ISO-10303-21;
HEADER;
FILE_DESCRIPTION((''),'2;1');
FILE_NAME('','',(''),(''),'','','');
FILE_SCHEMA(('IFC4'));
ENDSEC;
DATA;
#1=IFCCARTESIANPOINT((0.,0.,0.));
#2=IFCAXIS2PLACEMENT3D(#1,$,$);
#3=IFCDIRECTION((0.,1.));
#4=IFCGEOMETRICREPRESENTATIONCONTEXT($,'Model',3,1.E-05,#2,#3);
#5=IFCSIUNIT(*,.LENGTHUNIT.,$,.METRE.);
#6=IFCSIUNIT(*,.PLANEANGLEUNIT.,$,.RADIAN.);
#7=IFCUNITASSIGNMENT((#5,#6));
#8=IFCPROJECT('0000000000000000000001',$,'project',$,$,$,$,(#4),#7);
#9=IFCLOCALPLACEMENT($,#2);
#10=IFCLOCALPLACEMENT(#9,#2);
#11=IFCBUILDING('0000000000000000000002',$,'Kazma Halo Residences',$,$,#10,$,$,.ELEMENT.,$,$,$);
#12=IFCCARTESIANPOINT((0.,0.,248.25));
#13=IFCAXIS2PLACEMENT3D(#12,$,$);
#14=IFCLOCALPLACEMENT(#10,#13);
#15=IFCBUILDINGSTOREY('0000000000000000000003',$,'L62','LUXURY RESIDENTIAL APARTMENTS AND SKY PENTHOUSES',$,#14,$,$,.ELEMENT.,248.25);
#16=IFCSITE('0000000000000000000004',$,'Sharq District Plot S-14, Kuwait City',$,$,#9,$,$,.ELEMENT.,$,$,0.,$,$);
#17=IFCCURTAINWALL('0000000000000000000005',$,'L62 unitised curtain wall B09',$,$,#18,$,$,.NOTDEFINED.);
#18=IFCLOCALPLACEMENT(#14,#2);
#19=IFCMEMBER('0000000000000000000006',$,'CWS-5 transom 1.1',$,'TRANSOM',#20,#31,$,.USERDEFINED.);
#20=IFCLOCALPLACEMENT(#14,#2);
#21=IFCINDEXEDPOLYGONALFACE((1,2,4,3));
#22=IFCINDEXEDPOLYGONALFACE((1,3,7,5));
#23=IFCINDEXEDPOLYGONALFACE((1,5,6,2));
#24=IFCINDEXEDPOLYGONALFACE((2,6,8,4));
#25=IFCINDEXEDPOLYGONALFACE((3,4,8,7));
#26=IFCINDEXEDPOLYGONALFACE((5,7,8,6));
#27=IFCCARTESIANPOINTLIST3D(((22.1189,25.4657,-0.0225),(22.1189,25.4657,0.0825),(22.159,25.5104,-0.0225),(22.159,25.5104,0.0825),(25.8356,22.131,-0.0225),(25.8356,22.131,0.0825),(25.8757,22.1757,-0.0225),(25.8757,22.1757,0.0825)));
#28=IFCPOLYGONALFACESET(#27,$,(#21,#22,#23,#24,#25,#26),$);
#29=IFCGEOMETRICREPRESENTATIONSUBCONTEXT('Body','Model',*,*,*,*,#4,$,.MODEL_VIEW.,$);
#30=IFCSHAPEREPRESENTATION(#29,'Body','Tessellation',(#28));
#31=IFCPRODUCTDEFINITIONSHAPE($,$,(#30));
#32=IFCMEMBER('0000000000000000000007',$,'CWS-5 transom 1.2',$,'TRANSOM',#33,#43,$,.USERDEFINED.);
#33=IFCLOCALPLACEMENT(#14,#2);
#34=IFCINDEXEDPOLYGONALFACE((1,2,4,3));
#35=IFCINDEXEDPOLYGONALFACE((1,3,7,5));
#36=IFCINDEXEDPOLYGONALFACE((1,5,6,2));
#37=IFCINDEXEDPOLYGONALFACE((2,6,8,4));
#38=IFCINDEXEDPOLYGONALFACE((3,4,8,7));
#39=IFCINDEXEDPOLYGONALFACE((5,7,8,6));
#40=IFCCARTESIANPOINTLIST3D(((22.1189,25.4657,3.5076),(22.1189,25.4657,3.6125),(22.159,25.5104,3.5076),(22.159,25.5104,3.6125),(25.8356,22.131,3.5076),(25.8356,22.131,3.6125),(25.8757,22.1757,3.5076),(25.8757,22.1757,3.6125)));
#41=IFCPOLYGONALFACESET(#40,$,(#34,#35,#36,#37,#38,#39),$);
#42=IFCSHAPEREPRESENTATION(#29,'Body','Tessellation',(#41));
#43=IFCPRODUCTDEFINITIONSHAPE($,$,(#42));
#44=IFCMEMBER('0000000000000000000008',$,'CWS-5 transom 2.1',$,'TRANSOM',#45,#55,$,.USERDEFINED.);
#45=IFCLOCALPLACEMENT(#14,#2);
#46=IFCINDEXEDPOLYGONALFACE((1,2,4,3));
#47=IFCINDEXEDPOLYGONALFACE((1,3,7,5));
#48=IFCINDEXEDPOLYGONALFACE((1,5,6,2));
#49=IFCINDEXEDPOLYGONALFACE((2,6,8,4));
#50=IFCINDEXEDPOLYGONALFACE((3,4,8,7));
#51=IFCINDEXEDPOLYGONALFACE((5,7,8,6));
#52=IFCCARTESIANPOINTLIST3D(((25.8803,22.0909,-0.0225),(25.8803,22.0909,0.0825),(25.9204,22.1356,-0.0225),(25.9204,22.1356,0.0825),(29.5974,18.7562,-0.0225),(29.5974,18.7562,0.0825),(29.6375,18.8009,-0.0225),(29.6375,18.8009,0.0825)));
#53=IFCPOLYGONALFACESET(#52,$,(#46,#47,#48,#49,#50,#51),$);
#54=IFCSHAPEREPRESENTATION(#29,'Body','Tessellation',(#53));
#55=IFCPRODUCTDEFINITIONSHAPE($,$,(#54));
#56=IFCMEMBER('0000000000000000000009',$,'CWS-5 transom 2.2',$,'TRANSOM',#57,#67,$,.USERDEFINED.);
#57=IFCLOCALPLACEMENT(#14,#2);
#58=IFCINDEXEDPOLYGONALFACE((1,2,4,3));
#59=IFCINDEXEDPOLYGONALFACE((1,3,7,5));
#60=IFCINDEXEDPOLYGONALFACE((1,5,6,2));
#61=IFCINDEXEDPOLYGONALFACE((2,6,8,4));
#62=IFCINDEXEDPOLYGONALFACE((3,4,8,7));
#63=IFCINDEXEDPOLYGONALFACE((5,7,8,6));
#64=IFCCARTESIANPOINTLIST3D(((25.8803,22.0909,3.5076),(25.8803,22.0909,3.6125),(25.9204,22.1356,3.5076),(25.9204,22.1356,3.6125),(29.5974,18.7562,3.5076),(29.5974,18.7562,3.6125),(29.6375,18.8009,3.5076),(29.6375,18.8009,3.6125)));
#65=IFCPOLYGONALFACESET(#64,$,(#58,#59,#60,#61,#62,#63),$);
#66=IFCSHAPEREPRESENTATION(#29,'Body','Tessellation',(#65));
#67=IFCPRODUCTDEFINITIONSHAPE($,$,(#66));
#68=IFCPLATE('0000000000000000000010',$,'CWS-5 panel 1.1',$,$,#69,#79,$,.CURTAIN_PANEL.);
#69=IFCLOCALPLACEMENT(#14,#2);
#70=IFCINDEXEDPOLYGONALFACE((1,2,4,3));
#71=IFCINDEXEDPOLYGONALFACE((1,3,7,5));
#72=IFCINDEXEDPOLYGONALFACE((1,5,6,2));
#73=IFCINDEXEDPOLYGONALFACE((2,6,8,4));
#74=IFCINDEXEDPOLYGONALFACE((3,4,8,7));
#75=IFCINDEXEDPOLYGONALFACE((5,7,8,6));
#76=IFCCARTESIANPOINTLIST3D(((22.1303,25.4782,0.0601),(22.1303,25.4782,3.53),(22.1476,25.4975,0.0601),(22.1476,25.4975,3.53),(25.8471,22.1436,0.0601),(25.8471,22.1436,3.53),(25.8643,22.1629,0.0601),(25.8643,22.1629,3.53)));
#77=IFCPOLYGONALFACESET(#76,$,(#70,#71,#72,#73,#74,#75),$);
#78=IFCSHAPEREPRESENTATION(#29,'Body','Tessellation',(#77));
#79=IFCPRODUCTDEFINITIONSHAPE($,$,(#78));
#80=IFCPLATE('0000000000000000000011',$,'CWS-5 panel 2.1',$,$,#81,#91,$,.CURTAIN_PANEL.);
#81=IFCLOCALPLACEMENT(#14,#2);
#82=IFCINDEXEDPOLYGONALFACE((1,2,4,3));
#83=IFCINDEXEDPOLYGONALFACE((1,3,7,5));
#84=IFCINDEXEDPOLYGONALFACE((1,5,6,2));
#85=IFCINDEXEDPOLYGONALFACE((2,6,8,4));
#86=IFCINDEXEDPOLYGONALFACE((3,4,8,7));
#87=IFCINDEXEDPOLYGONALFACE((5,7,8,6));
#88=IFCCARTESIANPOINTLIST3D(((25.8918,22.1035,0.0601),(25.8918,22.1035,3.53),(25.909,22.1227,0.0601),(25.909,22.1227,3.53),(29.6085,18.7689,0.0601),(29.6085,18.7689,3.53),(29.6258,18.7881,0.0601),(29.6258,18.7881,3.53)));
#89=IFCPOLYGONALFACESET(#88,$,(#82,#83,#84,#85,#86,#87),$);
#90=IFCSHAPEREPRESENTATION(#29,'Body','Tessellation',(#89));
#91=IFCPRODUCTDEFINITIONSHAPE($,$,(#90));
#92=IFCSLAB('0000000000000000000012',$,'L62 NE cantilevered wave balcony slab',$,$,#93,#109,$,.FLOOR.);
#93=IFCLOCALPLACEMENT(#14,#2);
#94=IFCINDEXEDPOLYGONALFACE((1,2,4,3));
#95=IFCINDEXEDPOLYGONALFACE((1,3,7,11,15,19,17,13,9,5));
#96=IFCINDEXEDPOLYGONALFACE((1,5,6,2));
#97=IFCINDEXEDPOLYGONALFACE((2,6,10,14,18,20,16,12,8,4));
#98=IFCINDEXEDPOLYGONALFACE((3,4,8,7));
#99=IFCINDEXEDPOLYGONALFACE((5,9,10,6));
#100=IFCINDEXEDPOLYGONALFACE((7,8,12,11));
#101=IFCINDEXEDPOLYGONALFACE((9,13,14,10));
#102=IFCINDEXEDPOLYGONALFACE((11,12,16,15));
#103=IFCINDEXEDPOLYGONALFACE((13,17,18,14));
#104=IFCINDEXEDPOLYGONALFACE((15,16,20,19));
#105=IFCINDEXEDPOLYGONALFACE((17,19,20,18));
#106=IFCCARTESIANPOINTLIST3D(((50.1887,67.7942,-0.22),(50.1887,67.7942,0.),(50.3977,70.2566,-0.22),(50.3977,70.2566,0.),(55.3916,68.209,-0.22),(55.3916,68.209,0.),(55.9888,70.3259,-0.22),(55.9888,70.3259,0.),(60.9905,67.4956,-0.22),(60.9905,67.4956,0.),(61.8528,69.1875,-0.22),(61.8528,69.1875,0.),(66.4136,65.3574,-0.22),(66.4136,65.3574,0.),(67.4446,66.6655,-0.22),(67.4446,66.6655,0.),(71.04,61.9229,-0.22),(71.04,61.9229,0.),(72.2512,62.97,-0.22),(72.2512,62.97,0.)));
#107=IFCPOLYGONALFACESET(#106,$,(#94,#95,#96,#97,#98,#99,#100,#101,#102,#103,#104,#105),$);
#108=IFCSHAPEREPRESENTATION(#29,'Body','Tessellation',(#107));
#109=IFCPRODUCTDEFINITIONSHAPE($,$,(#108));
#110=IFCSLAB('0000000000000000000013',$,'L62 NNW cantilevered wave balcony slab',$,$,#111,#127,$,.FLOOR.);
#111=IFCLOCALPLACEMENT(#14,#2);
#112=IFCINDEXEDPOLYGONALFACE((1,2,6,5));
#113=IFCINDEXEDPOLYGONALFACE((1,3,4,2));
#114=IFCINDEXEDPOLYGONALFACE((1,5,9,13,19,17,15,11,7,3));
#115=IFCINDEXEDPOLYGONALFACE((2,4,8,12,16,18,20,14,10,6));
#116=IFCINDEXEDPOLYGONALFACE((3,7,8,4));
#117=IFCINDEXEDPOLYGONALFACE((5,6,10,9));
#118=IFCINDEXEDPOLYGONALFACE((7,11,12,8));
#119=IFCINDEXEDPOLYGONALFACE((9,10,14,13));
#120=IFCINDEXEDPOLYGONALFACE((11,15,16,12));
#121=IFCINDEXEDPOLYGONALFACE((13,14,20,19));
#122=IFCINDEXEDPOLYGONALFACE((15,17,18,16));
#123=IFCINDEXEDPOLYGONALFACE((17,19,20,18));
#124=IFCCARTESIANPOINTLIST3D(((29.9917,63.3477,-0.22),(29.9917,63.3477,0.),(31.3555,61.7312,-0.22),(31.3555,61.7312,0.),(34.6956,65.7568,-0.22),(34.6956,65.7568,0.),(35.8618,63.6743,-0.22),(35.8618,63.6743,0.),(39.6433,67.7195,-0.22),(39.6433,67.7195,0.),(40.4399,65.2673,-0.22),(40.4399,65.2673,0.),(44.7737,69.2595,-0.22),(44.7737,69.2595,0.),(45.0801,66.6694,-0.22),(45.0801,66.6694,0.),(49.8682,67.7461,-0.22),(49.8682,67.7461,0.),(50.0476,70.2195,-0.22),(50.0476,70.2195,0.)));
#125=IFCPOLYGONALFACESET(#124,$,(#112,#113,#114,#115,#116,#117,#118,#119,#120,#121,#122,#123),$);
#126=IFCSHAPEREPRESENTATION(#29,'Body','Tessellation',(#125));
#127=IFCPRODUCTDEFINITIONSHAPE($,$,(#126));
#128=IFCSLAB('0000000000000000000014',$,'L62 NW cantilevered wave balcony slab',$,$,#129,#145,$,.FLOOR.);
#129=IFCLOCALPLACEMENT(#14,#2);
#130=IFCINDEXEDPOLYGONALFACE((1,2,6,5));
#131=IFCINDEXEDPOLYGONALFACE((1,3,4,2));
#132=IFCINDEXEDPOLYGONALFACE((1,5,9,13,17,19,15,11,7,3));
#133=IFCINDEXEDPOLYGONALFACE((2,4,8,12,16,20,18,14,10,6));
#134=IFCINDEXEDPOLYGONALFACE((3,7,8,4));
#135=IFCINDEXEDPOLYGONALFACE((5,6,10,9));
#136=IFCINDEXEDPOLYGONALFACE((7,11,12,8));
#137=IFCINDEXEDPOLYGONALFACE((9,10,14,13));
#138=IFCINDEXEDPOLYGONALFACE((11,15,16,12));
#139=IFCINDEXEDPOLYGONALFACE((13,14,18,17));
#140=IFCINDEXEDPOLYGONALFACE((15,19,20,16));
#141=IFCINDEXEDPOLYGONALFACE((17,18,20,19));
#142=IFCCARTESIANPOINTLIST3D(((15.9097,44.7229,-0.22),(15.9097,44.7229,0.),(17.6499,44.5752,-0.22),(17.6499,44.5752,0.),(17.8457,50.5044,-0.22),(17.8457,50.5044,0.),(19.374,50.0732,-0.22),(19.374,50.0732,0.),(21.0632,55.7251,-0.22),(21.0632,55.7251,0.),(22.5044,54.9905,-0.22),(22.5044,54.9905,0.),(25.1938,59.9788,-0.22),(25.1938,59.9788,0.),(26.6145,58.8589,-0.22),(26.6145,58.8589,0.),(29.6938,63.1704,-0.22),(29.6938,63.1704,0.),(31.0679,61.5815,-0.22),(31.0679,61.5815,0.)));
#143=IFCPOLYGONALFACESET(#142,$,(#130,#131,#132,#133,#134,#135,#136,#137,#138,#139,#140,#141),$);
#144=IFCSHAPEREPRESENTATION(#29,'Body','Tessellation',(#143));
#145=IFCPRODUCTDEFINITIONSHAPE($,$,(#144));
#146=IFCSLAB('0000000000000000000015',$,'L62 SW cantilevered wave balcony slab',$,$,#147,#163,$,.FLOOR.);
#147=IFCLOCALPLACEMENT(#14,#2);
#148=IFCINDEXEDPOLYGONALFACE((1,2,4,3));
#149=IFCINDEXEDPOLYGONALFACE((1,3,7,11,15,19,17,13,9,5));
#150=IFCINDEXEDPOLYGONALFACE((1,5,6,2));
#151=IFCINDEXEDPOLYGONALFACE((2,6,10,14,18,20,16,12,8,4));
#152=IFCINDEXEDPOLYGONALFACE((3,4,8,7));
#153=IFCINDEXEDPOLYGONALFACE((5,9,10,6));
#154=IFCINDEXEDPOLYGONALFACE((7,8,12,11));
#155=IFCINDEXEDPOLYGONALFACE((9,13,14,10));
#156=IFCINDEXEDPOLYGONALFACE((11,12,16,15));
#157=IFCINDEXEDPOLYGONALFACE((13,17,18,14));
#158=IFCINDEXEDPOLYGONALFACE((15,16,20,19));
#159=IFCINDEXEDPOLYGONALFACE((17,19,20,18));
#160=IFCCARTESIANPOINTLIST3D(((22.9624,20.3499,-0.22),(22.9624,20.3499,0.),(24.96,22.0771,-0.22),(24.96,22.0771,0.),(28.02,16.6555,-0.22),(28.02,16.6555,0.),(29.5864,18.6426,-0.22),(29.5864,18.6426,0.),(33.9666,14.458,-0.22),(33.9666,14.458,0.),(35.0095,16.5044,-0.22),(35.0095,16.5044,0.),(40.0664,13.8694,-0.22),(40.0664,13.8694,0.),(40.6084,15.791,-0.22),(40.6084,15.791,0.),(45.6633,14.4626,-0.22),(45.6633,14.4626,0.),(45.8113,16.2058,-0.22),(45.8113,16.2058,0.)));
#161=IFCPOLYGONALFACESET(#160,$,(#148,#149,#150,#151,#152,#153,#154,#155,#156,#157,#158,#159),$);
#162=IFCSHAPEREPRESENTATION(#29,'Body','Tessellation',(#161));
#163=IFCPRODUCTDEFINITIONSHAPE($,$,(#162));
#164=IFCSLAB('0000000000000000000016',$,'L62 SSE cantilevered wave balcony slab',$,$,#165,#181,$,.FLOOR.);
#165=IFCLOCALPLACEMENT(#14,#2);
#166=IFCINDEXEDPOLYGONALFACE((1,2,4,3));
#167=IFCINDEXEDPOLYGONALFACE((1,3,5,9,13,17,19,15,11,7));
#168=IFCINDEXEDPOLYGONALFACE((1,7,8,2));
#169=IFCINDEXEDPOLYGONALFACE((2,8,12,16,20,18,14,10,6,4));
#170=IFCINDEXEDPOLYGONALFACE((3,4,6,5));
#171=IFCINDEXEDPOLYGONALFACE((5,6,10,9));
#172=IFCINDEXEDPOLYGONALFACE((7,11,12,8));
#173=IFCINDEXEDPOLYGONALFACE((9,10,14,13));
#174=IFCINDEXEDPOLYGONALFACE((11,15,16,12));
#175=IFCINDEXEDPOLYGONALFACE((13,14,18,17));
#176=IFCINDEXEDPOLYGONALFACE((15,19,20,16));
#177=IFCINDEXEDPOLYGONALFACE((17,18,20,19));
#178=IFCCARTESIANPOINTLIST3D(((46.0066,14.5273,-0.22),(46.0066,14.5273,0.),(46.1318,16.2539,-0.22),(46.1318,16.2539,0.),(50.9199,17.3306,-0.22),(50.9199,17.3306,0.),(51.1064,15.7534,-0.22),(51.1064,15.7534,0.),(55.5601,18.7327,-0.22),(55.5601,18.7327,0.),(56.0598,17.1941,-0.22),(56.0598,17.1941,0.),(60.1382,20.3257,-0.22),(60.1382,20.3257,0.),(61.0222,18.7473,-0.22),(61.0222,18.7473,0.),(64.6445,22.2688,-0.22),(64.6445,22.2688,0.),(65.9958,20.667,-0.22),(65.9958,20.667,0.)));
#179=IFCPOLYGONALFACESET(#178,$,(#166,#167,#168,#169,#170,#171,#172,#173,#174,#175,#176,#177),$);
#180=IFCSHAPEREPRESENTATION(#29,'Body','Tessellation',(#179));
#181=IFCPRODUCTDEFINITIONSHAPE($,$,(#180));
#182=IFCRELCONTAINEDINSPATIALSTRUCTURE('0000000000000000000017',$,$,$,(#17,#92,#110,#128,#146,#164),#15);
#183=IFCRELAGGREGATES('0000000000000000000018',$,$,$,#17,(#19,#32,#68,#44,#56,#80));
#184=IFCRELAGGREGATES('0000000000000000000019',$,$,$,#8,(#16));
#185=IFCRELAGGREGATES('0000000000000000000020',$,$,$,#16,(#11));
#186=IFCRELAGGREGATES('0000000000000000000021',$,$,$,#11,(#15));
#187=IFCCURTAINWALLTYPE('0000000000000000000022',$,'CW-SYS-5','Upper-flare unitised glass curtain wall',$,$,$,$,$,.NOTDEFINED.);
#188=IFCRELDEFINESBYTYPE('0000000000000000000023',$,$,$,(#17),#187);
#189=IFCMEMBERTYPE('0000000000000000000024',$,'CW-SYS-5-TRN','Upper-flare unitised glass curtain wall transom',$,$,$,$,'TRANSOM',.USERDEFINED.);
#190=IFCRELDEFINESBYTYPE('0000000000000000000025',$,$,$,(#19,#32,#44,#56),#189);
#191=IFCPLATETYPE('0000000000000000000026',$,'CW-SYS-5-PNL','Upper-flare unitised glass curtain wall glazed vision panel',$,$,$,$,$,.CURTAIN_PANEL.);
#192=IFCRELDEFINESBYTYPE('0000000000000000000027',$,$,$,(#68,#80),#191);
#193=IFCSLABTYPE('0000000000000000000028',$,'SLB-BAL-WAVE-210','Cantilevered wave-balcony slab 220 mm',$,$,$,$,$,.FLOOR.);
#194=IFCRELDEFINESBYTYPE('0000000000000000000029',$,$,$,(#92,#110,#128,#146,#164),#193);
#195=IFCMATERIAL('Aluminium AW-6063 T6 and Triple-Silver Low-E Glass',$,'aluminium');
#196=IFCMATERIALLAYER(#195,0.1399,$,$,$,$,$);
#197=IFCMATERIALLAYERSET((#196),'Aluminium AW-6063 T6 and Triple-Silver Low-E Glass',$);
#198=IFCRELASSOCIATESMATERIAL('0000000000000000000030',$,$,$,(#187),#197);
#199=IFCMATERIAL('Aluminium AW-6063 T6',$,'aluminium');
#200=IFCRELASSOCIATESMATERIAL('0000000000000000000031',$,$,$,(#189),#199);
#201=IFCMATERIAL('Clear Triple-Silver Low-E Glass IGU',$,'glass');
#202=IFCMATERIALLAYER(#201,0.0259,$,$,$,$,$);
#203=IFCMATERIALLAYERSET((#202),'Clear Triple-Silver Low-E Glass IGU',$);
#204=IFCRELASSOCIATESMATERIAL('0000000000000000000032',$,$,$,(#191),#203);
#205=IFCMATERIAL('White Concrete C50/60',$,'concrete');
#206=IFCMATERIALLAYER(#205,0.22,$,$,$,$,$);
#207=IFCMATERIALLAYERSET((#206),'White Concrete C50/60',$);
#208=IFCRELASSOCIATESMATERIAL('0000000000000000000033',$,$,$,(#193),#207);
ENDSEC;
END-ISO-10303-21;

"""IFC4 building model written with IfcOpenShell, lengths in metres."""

from ifc_helpers import new_model, si_unit, direction, frame, origin, origin_2d, place, context, subcontext, project, spatial, polyline, rectangle, outline, extrude, material, layer, layer_set, material_profile, profile_set, type_object, element, aggregate, save


model = new_model("IFC4")

# Units and contexts
model_context = context("Model", 3, precision=1e-05, world=origin(), true_north=direction((0.0, 1.0)))
body_context = subcontext(model_context, "Body", "Model", "MODEL_VIEW")
ifc_project = project(units=[si_unit("LENGTHUNIT", "METRE"), si_unit("PLANEANGLEUNIT", "RADIAN")], contexts=[model_context])

# Site, building, storey
site_placement = place(None, origin())
site = spatial("IfcSite", under=ifc_project, at=site_placement, Name="Sharq District Plot S-14, Kuwait City", CompositionType="ELEMENT", RefElevation=0.0)
building_placement = place(site_placement, origin())
building = spatial("IfcBuilding", under=site, at=building_placement, Name="Kazma Halo Residences", CompositionType="ELEMENT")
storey_placement = place(building_placement, frame((0.0, 0.0, 248.25)))
storey = spatial("IfcBuildingStorey", under=building, at=storey_placement, Name="L62", Description="LUXURY RESIDENTIAL APARTMENTS AND SKY PENTHOUSES", CompositionType="ELEMENT", Elevation=248.25)

# Curtain wall, members, plates
ifc_material_1 = material(Name="Aluminium AW-6063 T6 and Triple-Silver Low-E Glass", Category="aluminium")
ifc_layer_1 = layer(ifc_material_1, 0.1399)
ifc_layer_set_1 = layer_set([ifc_layer_1], Name="Aluminium AW-6063 T6 and Triple-Silver Low-E Glass")
curtain_wall_type = type_object("IfcCurtainWallType", Name="CW-SYS-5", Description="Upper-flare unitised glass curtain wall", PredefinedType="NOTDEFINED", material=ifc_layer_set_1)
curtain_wall_placement = place(storey_placement, origin())
curtain_wall = element("IfcCurtainWall", 1, at=curtain_wall_placement, inside=storey, type_object=curtain_wall_type, Name="L62 unitised curtain wall B09", PredefinedType="NOTDEFINED")
ifc_material_2 = material(Name="Aluminium AW-6063 T6", Category="aluminium")
ifc_material_profile_1 = material_profile(ifc_material_2, rectangle(XDim=0.0601, YDim=0.105, at=origin_2d()), Name="CWT-60x105")
ifc_profile_set_1 = profile_set([ifc_material_profile_1], Name="Aluminium AW-6063 T6")
member_type_1 = type_object("IfcMemberType", Name="CW-SYS-5-TRN", Description="Upper-flare unitised glass curtain wall transom", ElementType="TRANSOM", PredefinedType="USERDEFINED", material=ifc_profile_set_1)
member_1_placement = place(storey_placement, frame((22.1389, 25.488, 0.03), z_axis=(0.744329, -0.667813, 0.0), x_axis=(0.667813, 0.744329, 0.0)))
member_1 = element("IfcMember", 2, at=member_1_placement, type_object=member_type_1, Name="CWS-5 transom 1.1", ObjectType="TRANSOM", PredefinedType="USERDEFINED", context=body_context, shape_type="SweptSolid", body=[
    extrude(rectangle(XDim=0.0601, YDim=0.105, at=origin_2d()), origin(), (0.0, 0.0, 1.0), 4.9934),
])
member_2_placement = place(storey_placement, frame((22.1389, 25.488, 3.5601), z_axis=(0.744329, -0.667813, 0.0), x_axis=(0.667813, 0.744329, 0.0)))
member_2 = element("IfcMember", 3, at=member_2_placement, type_object=member_type_1, Name="CWS-5 transom 1.2", ObjectType="TRANSOM", PredefinedType="USERDEFINED", context=body_context, shape_type="SweptSolid", body=[
    extrude(rectangle(XDim=0.0601, YDim=0.105, at=origin_2d()), origin(), (0.0, 0.0, 1.0), 4.9934),
])
member_3_placement = place(storey_placement, frame((25.9004, 22.1133, 0.03), z_axis=(0.744351, -0.667789, 0.0), x_axis=(0.667789, 0.744351, 0.0)))
member_3 = element("IfcMember", 4, at=member_3_placement, type_object=member_type_1, Name="CWS-5 transom 2.1", ObjectType="TRANSOM", PredefinedType="USERDEFINED", context=body_context, shape_type="SweptSolid", body=[
    extrude(rectangle(XDim=0.0601, YDim=0.105, at=origin_2d()), origin(), (0.0, 0.0, 1.0), 4.9937),
])
member_4_placement = place(storey_placement, frame((25.9004, 22.1133, 3.5601), z_axis=(0.744351, -0.667789, 0.0), x_axis=(0.667789, 0.744351, 0.0)))
member_4 = element("IfcMember", 5, at=member_4_placement, type_object=member_type_1, Name="CWS-5 transom 2.2", ObjectType="TRANSOM", PredefinedType="USERDEFINED", context=body_context, shape_type="SweptSolid", body=[
    extrude(rectangle(XDim=0.0601, YDim=0.105, at=origin_2d()), origin(), (0.0, 0.0, 1.0), 4.9937),
])
ifc_material_3 = material(Name="Clear Triple-Silver Low-E Glass IGU", Category="glass")
ifc_layer_2 = layer(ifc_material_3, 0.0259)
ifc_layer_set_2 = layer_set([ifc_layer_2], Name="Clear Triple-Silver Low-E Glass IGU")
plate_type = type_object("IfcPlateType", Name="CW-SYS-5-PNL", Description="Upper-flare unitised glass curtain wall glazed vision panel", PredefinedType="CURTAIN_PANEL", material=ifc_layer_set_2)
plate_1_placement = place(storey_placement, frame((23.9973, 23.8206, 0.0601), z_axis=(0.0, 0.0, 1.0), x_axis=(0.744336, -0.667805, 0.0)))
plate_1 = element("IfcPlate", 6, at=plate_1_placement, type_object=plate_type, Name="CWS-5 panel 1.1", PredefinedType="CURTAIN_PANEL", context=body_context, shape_type="SweptSolid", body=[
    extrude(rectangle(XDim=4.9934, YDim=0.0259, at=origin_2d()), origin(), (0.0, 0.0, 1.0), 3.47),
])
plate_2_placement = place(storey_placement, frame((27.7588, 20.4458, 0.0601), z_axis=(0.0, 0.0, 1.0), x_axis=(0.744336, -0.667805, 0.0)))
plate_2 = element("IfcPlate", 7, at=plate_2_placement, type_object=plate_type, Name="CWS-5 panel 2.1", PredefinedType="CURTAIN_PANEL", context=body_context, shape_type="SweptSolid", body=[
    extrude(rectangle(XDim=4.9934, YDim=0.0259, at=origin_2d()), origin(), (0.0, 0.0, 1.0), 3.47),
])
aggregate(curtain_wall, [member_1, member_2, plate_1, member_3, member_4, plate_2])

# Slabs
ifc_material_4 = material(Name="White Concrete C50/60", Category="concrete")
ifc_layer_3 = layer(ifc_material_4, 0.22)
ifc_layer_set_3 = layer_set([ifc_layer_3], Name="White Concrete C50/60")
slab_type_1 = type_object("IfcSlabType", Name="SLB-BAL-WAVE-210", Description="Cantilevered wave-balcony slab 220 mm", PredefinedType="FLOOR", material=ifc_layer_set_3)
slab_1_placement = place(storey_placement, frame((0.0, 0.0, -0.22)))
element("IfcSlab", 8, at=slab_1_placement, inside=storey, type_object=slab_type_1, Name="L62 NE cantilevered wave balcony slab", PredefinedType="FLOOR", context=body_context, shape_type="SweptSolid", body=[
    extrude(outline(polyline([(71.04, 61.9229), (66.4136, 65.3574), (60.9905, 67.4956), (55.3916, 68.209), (50.1887, 67.7942), (50.3977, 70.2566), (55.9888, 70.3259), (61.8528, 69.1875), (67.4446, 66.6655), (72.2512, 62.97), (71.04, 61.9229)])), origin(), (0.0, 0.0, 1.0), 0.22),
])
slab_2_placement = place(storey_placement, frame((0.0, 0.0, -0.22)))
element("IfcSlab", 9, at=slab_2_placement, inside=storey, type_object=slab_type_1, Name="L62 NNW cantilevered wave balcony slab", PredefinedType="FLOOR", context=body_context, shape_type="SweptSolid", body=[
    extrude(outline(polyline([(49.8682, 67.7461), (45.0801, 66.6694), (40.4399, 65.2673), (35.8618, 63.6743), (31.3555, 61.7312), (29.9917, 63.3477), (34.6956, 65.7568), (39.6433, 67.7195), (44.7737, 69.2595), (50.0476, 70.2195), (49.8682, 67.7461)])), origin(), (0.0, 0.0, 1.0), 0.22),
])
slab_3_placement = place(storey_placement, frame((0.0, 0.0, -0.22)))
element("IfcSlab", 10, at=slab_3_placement, inside=storey, type_object=slab_type_1, Name="L62 NW cantilevered wave balcony slab", PredefinedType="FLOOR", context=body_context, shape_type="SweptSolid", body=[
    extrude(outline(polyline([(31.0679, 61.5815), (26.6145, 58.8589), (22.5044, 54.9905), (19.374, 50.0732), (17.6499, 44.5752), (15.9097, 44.7229), (17.8457, 50.5044), (21.0632, 55.7251), (25.1938, 59.9788), (29.6938, 63.1704), (31.0679, 61.5815)])), origin(), (0.0, 0.0, 1.0), 0.22),
])
slab_4_placement = place(storey_placement, frame((0.0, 0.0, -0.22)))
element("IfcSlab", 11, at=slab_4_placement, inside=storey, type_object=slab_type_1, Name="L62 SW cantilevered wave balcony slab", PredefinedType="FLOOR", context=body_context, shape_type="SweptSolid", body=[
    extrude(outline(polyline([(24.96, 22.0771), (29.5864, 18.6426), (35.0095, 16.5044), (40.6084, 15.791), (45.8113, 16.2058), (45.6633, 14.4626), (40.0664, 13.8694), (33.9666, 14.458), (28.02, 16.6555), (22.9624, 20.3499), (24.96, 22.0771)])), origin(), (0.0, 0.0, 1.0), 0.22),
])
slab_5_placement = place(storey_placement, frame((0.0, 0.0, -0.22)))
element("IfcSlab", 12, at=slab_5_placement, inside=storey, type_object=slab_type_1, Name="L62 SSE cantilevered wave balcony slab", PredefinedType="FLOOR", context=body_context, shape_type="SweptSolid", body=[
    extrude(outline(polyline([(46.1318, 16.2539), (50.9199, 17.3306), (55.5601, 18.7327), (60.1382, 20.3257), (64.6445, 22.2688), (65.9958, 20.667), (61.0222, 18.7473), (56.0598, 17.1941), (51.1064, 15.7534), (46.0066, 14.5273), (46.1318, 16.2539)])), origin(), (0.0, 0.0, 1.0), 0.22),
])

save(model, "model.ifc")
